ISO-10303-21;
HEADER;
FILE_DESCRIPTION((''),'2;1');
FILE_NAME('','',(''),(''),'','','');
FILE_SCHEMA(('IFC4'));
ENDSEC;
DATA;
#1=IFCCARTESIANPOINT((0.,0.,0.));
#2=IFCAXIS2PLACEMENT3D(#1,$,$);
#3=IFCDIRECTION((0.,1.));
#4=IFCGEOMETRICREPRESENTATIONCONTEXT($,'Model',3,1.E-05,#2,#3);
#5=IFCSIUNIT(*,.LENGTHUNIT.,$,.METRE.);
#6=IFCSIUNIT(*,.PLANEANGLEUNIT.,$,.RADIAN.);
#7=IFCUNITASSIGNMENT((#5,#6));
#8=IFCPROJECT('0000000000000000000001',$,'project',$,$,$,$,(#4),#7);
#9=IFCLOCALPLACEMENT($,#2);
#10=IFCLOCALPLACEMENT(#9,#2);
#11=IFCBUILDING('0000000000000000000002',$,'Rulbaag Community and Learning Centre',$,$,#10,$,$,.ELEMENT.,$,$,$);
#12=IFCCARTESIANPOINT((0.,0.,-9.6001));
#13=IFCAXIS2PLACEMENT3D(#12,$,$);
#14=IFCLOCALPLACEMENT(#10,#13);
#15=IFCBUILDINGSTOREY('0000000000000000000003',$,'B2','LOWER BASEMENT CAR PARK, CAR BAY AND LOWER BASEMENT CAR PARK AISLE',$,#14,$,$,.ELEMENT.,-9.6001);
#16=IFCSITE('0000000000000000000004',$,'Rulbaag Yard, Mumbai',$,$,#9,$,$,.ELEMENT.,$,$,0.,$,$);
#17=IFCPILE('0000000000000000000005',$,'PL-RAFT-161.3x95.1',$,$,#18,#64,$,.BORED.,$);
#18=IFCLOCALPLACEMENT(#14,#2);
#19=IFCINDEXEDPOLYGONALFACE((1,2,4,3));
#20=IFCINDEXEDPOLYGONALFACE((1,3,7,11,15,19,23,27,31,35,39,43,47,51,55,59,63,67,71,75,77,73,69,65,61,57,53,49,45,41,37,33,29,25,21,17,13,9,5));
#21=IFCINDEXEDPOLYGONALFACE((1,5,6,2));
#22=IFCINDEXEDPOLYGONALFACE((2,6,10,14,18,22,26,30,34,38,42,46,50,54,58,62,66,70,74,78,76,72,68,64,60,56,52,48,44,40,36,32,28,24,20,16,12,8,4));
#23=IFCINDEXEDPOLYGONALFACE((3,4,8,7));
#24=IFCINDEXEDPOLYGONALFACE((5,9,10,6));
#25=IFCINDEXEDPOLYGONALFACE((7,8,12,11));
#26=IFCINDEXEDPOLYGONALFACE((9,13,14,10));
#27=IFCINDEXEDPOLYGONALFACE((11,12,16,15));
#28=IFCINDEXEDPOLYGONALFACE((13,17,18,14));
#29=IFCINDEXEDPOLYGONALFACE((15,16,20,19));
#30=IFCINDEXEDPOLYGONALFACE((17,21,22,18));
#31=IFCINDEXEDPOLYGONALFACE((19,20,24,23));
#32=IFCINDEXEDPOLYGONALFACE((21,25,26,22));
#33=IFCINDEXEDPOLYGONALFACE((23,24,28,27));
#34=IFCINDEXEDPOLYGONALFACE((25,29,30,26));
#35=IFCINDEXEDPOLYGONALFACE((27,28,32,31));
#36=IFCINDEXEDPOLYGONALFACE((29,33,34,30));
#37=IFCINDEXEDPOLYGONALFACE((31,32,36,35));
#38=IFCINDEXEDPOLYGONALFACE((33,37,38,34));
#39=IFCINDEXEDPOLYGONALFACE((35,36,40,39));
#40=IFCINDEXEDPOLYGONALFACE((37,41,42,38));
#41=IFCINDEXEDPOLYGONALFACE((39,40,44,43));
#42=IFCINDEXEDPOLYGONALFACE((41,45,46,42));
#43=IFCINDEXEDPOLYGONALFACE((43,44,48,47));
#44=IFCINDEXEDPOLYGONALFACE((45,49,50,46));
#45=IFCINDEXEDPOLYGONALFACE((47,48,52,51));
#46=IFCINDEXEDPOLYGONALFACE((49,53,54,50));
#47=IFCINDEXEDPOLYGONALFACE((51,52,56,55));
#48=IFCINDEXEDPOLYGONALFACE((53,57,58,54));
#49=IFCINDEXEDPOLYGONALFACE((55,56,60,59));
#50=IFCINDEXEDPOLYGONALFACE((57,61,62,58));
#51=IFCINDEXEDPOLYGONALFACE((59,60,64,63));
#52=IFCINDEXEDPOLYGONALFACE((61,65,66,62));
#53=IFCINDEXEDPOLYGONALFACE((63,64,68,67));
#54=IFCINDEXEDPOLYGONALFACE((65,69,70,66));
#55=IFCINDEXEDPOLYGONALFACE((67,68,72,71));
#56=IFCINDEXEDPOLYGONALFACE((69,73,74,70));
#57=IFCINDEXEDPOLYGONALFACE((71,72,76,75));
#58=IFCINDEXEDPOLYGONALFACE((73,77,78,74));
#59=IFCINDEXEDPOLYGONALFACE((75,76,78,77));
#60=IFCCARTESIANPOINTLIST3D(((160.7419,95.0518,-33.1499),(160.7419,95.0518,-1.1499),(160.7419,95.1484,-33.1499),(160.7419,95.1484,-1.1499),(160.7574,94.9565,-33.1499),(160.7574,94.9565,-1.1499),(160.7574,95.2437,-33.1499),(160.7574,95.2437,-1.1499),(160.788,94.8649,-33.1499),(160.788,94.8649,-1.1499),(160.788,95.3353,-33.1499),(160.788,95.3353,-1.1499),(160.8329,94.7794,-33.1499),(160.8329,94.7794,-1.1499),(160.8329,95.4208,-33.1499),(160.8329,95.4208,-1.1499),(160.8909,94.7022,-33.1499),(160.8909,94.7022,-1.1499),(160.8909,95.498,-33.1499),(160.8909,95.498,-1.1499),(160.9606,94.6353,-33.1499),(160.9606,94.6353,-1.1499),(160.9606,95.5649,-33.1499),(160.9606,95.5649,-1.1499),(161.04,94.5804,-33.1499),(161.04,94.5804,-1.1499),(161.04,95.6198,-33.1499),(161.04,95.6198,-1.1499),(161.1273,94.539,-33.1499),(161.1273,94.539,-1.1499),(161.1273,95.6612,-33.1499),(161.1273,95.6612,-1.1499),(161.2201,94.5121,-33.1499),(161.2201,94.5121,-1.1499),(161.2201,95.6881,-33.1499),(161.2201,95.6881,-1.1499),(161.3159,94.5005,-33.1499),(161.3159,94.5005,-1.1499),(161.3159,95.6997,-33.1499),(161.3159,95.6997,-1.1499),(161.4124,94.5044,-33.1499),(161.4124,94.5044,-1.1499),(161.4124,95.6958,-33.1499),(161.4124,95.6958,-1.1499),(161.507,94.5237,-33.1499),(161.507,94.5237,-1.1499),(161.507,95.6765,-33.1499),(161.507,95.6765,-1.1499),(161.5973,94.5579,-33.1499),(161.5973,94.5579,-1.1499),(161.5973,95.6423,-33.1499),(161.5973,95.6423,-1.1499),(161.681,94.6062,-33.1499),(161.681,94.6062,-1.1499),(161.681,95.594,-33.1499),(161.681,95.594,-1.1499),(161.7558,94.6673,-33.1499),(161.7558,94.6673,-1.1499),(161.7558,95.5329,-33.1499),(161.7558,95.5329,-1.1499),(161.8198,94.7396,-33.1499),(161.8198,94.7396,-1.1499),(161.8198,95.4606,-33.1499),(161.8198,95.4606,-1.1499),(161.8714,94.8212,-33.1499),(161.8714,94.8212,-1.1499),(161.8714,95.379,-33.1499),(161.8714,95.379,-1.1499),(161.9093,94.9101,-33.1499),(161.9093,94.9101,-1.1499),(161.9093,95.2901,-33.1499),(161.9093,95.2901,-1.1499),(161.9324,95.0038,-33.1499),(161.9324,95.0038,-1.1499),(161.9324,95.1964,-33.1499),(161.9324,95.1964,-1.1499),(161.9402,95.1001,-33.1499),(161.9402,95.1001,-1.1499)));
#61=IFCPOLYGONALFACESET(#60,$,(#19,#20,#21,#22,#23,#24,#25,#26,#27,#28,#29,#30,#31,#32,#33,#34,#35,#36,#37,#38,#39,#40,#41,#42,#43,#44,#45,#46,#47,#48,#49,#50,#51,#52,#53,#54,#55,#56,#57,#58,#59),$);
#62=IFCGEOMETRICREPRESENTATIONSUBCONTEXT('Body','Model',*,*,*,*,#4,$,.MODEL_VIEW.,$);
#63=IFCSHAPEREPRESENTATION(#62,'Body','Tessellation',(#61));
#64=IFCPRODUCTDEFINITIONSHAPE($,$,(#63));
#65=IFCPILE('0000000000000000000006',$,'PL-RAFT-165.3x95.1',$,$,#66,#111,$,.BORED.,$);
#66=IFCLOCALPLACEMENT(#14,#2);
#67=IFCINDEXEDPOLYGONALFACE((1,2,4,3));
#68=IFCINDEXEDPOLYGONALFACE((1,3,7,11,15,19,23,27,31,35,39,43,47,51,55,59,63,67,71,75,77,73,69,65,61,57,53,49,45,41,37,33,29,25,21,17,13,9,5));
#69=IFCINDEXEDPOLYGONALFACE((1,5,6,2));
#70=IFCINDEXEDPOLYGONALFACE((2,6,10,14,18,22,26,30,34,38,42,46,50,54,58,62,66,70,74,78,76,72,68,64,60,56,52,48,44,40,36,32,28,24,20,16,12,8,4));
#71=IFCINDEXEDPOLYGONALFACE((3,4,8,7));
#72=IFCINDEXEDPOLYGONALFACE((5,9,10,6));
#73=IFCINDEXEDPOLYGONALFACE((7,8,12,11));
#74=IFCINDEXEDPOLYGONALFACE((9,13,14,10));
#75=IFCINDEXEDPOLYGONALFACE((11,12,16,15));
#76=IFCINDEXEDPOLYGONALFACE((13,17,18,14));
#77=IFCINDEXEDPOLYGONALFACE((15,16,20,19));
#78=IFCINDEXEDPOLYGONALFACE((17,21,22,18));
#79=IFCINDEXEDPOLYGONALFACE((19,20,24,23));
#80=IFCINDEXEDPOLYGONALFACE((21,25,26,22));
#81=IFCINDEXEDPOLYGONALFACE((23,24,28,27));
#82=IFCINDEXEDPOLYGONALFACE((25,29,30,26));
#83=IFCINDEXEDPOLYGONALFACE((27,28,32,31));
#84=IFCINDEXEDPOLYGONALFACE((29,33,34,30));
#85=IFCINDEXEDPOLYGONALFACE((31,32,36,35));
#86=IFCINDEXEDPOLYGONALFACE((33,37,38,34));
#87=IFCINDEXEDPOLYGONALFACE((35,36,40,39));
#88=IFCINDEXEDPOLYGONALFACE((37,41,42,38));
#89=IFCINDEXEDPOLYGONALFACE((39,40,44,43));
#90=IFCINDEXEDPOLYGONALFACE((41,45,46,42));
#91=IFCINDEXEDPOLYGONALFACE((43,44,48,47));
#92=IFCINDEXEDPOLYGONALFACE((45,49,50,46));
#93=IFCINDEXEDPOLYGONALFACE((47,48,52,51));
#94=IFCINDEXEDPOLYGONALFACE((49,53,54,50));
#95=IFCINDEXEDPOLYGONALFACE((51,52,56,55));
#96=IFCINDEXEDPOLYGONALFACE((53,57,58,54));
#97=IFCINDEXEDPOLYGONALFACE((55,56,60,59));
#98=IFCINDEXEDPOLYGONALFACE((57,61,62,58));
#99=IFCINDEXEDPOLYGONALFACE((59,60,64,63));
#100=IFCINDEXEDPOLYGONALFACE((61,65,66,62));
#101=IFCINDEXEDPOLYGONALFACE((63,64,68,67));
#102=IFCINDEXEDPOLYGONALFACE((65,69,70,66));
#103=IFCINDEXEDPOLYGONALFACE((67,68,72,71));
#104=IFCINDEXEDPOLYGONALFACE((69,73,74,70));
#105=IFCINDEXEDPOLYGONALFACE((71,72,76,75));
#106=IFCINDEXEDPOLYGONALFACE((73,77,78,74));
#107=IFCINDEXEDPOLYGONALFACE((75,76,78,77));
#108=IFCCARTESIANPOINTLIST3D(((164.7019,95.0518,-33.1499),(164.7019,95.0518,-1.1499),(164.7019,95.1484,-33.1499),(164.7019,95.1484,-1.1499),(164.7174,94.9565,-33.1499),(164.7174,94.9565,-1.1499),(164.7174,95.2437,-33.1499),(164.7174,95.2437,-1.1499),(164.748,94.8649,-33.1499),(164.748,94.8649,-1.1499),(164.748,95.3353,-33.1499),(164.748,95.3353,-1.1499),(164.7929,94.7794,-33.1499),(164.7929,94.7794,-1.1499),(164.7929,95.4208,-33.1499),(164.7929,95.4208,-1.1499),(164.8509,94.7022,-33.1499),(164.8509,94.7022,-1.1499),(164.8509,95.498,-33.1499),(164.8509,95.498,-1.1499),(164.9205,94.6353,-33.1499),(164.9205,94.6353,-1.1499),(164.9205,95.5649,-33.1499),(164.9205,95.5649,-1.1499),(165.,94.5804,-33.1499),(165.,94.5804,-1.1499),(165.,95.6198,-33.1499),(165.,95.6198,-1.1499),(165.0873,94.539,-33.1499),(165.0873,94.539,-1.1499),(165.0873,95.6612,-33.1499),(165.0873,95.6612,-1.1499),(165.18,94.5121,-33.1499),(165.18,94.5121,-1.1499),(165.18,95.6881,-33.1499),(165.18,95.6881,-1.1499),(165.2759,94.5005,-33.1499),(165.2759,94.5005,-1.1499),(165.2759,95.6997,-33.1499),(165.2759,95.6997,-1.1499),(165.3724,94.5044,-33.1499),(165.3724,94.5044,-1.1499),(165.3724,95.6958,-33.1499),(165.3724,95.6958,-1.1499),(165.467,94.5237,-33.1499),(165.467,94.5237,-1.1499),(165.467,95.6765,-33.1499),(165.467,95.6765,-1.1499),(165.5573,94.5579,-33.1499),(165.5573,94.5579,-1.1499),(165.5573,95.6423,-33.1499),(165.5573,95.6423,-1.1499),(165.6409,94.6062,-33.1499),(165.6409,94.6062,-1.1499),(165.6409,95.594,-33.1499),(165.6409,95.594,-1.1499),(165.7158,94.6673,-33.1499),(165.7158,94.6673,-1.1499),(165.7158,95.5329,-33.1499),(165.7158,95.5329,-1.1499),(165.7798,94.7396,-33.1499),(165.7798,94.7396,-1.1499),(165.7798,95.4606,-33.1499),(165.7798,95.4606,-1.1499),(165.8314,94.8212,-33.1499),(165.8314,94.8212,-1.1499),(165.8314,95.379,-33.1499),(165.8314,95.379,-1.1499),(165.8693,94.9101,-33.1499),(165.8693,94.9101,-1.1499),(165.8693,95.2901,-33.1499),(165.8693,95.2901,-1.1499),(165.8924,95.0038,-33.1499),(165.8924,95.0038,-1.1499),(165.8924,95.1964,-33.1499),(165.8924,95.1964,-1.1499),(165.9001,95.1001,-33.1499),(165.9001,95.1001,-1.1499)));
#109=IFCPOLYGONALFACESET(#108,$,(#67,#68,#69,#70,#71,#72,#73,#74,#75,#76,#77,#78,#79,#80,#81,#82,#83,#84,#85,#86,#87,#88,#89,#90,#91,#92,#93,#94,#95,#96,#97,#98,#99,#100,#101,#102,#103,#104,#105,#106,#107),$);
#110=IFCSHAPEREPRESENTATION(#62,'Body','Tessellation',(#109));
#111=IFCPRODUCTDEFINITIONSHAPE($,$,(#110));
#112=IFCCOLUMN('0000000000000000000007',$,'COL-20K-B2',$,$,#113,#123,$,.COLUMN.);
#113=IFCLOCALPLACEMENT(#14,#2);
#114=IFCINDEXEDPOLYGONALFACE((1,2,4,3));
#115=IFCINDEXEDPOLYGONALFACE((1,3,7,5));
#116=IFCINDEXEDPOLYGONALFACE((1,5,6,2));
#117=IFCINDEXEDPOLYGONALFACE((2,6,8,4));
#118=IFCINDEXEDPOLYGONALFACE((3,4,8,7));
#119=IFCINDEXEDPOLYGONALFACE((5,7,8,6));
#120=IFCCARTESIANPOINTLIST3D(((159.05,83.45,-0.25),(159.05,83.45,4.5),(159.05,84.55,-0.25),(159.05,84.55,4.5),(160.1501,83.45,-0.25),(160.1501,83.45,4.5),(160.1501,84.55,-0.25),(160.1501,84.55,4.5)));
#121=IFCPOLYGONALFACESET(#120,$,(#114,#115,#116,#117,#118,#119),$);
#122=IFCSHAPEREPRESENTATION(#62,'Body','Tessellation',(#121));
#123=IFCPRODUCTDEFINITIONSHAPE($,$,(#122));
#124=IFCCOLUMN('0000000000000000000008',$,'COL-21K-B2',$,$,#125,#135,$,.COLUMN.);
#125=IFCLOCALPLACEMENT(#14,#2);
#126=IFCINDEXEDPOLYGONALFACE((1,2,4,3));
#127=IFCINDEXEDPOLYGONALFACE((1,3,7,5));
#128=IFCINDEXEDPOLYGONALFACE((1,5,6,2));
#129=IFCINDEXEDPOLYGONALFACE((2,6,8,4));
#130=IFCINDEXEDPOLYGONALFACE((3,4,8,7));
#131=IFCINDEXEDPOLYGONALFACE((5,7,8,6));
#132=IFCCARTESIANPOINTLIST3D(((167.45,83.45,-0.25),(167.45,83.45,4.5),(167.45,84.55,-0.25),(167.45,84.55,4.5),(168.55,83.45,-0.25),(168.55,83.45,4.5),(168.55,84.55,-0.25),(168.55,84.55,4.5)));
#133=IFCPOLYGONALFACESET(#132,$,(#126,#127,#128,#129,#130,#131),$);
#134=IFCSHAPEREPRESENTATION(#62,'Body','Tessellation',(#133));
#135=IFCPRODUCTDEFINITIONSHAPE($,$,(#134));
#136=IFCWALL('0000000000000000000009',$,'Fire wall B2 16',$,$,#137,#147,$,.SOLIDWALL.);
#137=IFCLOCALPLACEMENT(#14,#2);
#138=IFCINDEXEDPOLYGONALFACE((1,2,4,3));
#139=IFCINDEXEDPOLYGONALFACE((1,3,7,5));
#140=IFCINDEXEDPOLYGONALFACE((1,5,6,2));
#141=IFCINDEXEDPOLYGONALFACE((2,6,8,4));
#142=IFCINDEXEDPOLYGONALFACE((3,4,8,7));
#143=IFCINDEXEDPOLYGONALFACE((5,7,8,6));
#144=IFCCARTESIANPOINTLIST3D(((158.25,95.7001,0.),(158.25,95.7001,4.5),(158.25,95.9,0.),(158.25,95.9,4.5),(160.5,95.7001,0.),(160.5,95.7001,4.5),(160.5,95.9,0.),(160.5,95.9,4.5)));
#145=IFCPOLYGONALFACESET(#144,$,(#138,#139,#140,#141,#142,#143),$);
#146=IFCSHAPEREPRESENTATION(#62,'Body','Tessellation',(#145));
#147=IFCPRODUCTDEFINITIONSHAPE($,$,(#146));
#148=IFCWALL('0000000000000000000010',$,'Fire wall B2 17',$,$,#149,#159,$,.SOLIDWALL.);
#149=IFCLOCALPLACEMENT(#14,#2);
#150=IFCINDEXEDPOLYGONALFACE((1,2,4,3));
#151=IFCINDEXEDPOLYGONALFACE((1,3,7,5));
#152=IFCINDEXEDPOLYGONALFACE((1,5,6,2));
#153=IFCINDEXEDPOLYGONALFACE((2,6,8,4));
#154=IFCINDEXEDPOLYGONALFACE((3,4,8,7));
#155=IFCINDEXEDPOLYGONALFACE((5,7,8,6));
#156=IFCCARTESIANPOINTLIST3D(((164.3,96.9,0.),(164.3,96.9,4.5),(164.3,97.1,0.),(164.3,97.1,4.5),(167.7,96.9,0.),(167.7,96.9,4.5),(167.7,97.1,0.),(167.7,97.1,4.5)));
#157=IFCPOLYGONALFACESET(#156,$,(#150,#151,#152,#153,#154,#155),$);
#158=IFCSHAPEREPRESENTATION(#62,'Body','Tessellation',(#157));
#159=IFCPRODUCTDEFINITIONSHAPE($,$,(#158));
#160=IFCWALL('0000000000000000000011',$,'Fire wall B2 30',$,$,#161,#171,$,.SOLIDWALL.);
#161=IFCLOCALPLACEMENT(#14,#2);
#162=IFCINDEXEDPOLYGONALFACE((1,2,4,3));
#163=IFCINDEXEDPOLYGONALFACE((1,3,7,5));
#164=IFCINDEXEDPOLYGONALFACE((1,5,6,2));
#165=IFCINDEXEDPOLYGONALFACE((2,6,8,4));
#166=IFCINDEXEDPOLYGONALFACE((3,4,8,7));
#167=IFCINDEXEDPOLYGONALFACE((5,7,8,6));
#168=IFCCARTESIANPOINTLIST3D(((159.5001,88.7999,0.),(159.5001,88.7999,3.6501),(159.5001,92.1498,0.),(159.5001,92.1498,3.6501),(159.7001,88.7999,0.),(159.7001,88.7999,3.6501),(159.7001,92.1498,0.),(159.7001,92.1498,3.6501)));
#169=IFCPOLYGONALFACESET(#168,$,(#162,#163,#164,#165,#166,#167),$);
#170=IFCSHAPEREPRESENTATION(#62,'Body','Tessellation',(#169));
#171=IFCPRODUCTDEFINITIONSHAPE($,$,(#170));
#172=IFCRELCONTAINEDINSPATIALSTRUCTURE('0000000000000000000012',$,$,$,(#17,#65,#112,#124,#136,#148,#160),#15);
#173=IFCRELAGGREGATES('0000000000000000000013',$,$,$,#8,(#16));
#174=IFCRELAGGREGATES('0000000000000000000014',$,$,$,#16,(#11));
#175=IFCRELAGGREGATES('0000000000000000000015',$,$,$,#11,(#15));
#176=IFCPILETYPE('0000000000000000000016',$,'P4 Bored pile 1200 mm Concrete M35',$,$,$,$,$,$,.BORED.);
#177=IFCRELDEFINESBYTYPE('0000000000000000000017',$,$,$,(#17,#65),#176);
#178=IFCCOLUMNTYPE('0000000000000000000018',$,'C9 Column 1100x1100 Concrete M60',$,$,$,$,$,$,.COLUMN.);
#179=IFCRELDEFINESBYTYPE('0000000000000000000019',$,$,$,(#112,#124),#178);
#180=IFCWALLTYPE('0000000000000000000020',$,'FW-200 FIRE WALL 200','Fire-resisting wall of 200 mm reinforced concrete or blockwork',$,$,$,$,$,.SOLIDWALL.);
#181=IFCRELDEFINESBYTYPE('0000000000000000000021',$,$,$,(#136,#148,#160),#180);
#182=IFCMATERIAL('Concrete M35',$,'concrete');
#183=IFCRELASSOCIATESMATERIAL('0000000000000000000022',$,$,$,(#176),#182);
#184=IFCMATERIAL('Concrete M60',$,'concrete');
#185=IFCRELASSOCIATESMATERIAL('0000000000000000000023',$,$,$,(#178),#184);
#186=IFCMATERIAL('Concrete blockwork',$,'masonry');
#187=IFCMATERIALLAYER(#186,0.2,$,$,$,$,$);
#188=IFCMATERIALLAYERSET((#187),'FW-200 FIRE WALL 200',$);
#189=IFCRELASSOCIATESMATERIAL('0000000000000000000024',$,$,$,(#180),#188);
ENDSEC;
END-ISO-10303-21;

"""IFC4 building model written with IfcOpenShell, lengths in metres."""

from ifc_helpers import new_model, si_unit, direction, frame, frame_2d, origin, origin_2d, place, context, subcontext, project, spatial, rectangle, circle, extrude, material, layer, layer_set, material_profile, profile_set, type_object, element, save


model = new_model("IFC4")

# Units and contexts
model_context = context("Model", 3, precision=1e-05, world=origin(), true_north=direction((0.0, 1.0)))
body_context = subcontext(model_context, "Body", "Model", "MODEL_VIEW")
ifc_project = project(units=[si_unit("LENGTHUNIT", "METRE"), si_unit("PLANEANGLEUNIT", "RADIAN")], contexts=[model_context])

# Site, building, storey
site_placement = place(None, origin())
site = spatial("IfcSite", under=ifc_project, at=site_placement, Name="Rulbaag Yard, Mumbai", CompositionType="ELEMENT", RefElevation=0.0)
building_placement = place(site_placement, origin())
building = spatial("IfcBuilding", under=site, at=building_placement, Name="Rulbaag Community and Learning Centre", CompositionType="ELEMENT")
storey_placement = place(building_placement, frame((0.0, 0.0, -9.6001)))
storey = spatial("IfcBuildingStorey", under=building, at=storey_placement, Name="B2", Description="LOWER BASEMENT CAR PARK, CAR BAY AND LOWER BASEMENT CAR PARK AISLE", CompositionType="ELEMENT", Elevation=-9.6001)

# Piles
ifc_material_1 = material(Name="Concrete M35", Category="concrete")
ifc_material_profile_1 = material_profile(ifc_material_1, circle(Radius=0.6001, at=origin_2d()), Name="BP1200")
ifc_profile_set_1 = profile_set([ifc_material_profile_1], Name="Concrete M35")
pile_type_1 = type_object("IfcPileType", Name="P4 Bored pile 1200 mm Concrete M35", PredefinedType="BORED", material=ifc_profile_set_1)
for number, where, z_axis, x_axis, name in (
    (1, (161.3401, 95.1001, -1.1499), (0.0, 0.0, -1.0), (1.0, 0.0, 0.0), "PL-RAFT-161.3x95.1"),
    (2, (165.3, 95.1001, -1.1499), (0.0, 0.0, -1.0), (1.0, 0.0, 0.0), "PL-RAFT-165.3x95.1"),
):
    element("IfcPile", number, at=place(storey_placement, frame(where, z_axis=z_axis, x_axis=x_axis)), inside=storey, type_object=pile_type_1, Name=name, PredefinedType="BORED", context=body_context, shape_type="SweptSolid", body=[
        extrude(circle(Radius=0.6001, at=origin_2d()), origin(), (0.0, 0.0, 1.0), 32.0),
    ])

# Columns
ifc_material_2 = material(Name="Concrete M60", Category="concrete")
ifc_material_profile_2 = material_profile(ifc_material_2, rectangle(XDim=1.1001, YDim=1.1001, at=origin_2d()), Name="RC1100x1100")
ifc_profile_set_2 = profile_set([ifc_material_profile_2], Name="Concrete M60")
column_type = type_object("IfcColumnType", Name="C9 Column 1100x1100 Concrete M60", PredefinedType="COLUMN", material=ifc_profile_set_2)
for number, where, z_axis, x_axis, name in (
    (3, (159.6001, 84.0, -0.25), (0.0, 0.0, 1.0), (1.0, 0.0, 0.0), "COL-20K-B2"),
    (4, (168.0, 84.0, -0.25), (0.0, 0.0, 1.0), (1.0, 0.0, 0.0), "COL-21K-B2"),
):
    element("IfcColumn", number, at=place(storey_placement, frame(where, z_axis=z_axis, x_axis=x_axis)), inside=storey, type_object=column_type, Name=name, PredefinedType="COLUMN", context=body_context, shape_type="SweptSolid", body=[
        extrude(rectangle(XDim=1.1001, YDim=1.1001, at=origin_2d()), origin(), (0.0, 0.0, 1.0), 4.75),
    ])

# Walls
ifc_material_3 = material(Name="Concrete blockwork", Category="masonry")
ifc_layer = layer(ifc_material_3, 0.2)
ifc_layer_set = layer_set([ifc_layer], Name="FW-200 FIRE WALL 200")
wall_type = type_object("IfcWallType", Name="FW-200 FIRE WALL 200", Description="Fire-resisting wall of 200 mm reinforced concrete or blockwork", PredefinedType="SOLIDWALL", material=ifc_layer_set)
wall_1_placement = place(storey_placement, frame((158.25, 95.8, 0.0), z_axis=(0.0, 0.0, 1.0), x_axis=(1.0, 0.0, 0.0)))
element("IfcWall", 5, at=wall_1_placement, inside=storey, type_object=wall_type, Name="Fire wall B2 16", PredefinedType="SOLIDWALL", context=body_context, shape_type="SweptSolid", body=[
    extrude(rectangle(XDim=2.25, YDim=0.2, at=frame_2d((1.125, 0.0))), origin(), (0.0, 0.0, 1.0), 4.5),
])
wall_2_placement = place(storey_placement, frame((164.3, 97.0, 0.0), z_axis=(0.0, 0.0, 1.0), x_axis=(1.0, 0.0, 0.0)))
element("IfcWall", 6, at=wall_2_placement, inside=storey, type_object=wall_type, Name="Fire wall B2 17", PredefinedType="SOLIDWALL", context=body_context, shape_type="SweptSolid", body=[
    extrude(rectangle(XDim=3.3999, YDim=0.2, at=frame_2d((1.7, 0.0))), origin(), (0.0, 0.0, 1.0), 4.5),
])
wall_3_placement = place(storey_placement, frame((159.6001, 88.8, 0.0), z_axis=(0.0, 0.0, 1.0), x_axis=(0.0, 1.0, 0.0)))
element("IfcWall", 7, at=wall_3_placement, inside=storey, type_object=wall_type, Name="Fire wall B2 30", PredefinedType="SOLIDWALL", context=body_context, shape_type="SweptSolid", body=[
    extrude(rectangle(XDim=3.3499, YDim=0.2, at=frame_2d((1.6748, 0.0))), origin(), (0.0, 0.0, 1.0), 3.6501),
])

save(model, "model.ifc")
